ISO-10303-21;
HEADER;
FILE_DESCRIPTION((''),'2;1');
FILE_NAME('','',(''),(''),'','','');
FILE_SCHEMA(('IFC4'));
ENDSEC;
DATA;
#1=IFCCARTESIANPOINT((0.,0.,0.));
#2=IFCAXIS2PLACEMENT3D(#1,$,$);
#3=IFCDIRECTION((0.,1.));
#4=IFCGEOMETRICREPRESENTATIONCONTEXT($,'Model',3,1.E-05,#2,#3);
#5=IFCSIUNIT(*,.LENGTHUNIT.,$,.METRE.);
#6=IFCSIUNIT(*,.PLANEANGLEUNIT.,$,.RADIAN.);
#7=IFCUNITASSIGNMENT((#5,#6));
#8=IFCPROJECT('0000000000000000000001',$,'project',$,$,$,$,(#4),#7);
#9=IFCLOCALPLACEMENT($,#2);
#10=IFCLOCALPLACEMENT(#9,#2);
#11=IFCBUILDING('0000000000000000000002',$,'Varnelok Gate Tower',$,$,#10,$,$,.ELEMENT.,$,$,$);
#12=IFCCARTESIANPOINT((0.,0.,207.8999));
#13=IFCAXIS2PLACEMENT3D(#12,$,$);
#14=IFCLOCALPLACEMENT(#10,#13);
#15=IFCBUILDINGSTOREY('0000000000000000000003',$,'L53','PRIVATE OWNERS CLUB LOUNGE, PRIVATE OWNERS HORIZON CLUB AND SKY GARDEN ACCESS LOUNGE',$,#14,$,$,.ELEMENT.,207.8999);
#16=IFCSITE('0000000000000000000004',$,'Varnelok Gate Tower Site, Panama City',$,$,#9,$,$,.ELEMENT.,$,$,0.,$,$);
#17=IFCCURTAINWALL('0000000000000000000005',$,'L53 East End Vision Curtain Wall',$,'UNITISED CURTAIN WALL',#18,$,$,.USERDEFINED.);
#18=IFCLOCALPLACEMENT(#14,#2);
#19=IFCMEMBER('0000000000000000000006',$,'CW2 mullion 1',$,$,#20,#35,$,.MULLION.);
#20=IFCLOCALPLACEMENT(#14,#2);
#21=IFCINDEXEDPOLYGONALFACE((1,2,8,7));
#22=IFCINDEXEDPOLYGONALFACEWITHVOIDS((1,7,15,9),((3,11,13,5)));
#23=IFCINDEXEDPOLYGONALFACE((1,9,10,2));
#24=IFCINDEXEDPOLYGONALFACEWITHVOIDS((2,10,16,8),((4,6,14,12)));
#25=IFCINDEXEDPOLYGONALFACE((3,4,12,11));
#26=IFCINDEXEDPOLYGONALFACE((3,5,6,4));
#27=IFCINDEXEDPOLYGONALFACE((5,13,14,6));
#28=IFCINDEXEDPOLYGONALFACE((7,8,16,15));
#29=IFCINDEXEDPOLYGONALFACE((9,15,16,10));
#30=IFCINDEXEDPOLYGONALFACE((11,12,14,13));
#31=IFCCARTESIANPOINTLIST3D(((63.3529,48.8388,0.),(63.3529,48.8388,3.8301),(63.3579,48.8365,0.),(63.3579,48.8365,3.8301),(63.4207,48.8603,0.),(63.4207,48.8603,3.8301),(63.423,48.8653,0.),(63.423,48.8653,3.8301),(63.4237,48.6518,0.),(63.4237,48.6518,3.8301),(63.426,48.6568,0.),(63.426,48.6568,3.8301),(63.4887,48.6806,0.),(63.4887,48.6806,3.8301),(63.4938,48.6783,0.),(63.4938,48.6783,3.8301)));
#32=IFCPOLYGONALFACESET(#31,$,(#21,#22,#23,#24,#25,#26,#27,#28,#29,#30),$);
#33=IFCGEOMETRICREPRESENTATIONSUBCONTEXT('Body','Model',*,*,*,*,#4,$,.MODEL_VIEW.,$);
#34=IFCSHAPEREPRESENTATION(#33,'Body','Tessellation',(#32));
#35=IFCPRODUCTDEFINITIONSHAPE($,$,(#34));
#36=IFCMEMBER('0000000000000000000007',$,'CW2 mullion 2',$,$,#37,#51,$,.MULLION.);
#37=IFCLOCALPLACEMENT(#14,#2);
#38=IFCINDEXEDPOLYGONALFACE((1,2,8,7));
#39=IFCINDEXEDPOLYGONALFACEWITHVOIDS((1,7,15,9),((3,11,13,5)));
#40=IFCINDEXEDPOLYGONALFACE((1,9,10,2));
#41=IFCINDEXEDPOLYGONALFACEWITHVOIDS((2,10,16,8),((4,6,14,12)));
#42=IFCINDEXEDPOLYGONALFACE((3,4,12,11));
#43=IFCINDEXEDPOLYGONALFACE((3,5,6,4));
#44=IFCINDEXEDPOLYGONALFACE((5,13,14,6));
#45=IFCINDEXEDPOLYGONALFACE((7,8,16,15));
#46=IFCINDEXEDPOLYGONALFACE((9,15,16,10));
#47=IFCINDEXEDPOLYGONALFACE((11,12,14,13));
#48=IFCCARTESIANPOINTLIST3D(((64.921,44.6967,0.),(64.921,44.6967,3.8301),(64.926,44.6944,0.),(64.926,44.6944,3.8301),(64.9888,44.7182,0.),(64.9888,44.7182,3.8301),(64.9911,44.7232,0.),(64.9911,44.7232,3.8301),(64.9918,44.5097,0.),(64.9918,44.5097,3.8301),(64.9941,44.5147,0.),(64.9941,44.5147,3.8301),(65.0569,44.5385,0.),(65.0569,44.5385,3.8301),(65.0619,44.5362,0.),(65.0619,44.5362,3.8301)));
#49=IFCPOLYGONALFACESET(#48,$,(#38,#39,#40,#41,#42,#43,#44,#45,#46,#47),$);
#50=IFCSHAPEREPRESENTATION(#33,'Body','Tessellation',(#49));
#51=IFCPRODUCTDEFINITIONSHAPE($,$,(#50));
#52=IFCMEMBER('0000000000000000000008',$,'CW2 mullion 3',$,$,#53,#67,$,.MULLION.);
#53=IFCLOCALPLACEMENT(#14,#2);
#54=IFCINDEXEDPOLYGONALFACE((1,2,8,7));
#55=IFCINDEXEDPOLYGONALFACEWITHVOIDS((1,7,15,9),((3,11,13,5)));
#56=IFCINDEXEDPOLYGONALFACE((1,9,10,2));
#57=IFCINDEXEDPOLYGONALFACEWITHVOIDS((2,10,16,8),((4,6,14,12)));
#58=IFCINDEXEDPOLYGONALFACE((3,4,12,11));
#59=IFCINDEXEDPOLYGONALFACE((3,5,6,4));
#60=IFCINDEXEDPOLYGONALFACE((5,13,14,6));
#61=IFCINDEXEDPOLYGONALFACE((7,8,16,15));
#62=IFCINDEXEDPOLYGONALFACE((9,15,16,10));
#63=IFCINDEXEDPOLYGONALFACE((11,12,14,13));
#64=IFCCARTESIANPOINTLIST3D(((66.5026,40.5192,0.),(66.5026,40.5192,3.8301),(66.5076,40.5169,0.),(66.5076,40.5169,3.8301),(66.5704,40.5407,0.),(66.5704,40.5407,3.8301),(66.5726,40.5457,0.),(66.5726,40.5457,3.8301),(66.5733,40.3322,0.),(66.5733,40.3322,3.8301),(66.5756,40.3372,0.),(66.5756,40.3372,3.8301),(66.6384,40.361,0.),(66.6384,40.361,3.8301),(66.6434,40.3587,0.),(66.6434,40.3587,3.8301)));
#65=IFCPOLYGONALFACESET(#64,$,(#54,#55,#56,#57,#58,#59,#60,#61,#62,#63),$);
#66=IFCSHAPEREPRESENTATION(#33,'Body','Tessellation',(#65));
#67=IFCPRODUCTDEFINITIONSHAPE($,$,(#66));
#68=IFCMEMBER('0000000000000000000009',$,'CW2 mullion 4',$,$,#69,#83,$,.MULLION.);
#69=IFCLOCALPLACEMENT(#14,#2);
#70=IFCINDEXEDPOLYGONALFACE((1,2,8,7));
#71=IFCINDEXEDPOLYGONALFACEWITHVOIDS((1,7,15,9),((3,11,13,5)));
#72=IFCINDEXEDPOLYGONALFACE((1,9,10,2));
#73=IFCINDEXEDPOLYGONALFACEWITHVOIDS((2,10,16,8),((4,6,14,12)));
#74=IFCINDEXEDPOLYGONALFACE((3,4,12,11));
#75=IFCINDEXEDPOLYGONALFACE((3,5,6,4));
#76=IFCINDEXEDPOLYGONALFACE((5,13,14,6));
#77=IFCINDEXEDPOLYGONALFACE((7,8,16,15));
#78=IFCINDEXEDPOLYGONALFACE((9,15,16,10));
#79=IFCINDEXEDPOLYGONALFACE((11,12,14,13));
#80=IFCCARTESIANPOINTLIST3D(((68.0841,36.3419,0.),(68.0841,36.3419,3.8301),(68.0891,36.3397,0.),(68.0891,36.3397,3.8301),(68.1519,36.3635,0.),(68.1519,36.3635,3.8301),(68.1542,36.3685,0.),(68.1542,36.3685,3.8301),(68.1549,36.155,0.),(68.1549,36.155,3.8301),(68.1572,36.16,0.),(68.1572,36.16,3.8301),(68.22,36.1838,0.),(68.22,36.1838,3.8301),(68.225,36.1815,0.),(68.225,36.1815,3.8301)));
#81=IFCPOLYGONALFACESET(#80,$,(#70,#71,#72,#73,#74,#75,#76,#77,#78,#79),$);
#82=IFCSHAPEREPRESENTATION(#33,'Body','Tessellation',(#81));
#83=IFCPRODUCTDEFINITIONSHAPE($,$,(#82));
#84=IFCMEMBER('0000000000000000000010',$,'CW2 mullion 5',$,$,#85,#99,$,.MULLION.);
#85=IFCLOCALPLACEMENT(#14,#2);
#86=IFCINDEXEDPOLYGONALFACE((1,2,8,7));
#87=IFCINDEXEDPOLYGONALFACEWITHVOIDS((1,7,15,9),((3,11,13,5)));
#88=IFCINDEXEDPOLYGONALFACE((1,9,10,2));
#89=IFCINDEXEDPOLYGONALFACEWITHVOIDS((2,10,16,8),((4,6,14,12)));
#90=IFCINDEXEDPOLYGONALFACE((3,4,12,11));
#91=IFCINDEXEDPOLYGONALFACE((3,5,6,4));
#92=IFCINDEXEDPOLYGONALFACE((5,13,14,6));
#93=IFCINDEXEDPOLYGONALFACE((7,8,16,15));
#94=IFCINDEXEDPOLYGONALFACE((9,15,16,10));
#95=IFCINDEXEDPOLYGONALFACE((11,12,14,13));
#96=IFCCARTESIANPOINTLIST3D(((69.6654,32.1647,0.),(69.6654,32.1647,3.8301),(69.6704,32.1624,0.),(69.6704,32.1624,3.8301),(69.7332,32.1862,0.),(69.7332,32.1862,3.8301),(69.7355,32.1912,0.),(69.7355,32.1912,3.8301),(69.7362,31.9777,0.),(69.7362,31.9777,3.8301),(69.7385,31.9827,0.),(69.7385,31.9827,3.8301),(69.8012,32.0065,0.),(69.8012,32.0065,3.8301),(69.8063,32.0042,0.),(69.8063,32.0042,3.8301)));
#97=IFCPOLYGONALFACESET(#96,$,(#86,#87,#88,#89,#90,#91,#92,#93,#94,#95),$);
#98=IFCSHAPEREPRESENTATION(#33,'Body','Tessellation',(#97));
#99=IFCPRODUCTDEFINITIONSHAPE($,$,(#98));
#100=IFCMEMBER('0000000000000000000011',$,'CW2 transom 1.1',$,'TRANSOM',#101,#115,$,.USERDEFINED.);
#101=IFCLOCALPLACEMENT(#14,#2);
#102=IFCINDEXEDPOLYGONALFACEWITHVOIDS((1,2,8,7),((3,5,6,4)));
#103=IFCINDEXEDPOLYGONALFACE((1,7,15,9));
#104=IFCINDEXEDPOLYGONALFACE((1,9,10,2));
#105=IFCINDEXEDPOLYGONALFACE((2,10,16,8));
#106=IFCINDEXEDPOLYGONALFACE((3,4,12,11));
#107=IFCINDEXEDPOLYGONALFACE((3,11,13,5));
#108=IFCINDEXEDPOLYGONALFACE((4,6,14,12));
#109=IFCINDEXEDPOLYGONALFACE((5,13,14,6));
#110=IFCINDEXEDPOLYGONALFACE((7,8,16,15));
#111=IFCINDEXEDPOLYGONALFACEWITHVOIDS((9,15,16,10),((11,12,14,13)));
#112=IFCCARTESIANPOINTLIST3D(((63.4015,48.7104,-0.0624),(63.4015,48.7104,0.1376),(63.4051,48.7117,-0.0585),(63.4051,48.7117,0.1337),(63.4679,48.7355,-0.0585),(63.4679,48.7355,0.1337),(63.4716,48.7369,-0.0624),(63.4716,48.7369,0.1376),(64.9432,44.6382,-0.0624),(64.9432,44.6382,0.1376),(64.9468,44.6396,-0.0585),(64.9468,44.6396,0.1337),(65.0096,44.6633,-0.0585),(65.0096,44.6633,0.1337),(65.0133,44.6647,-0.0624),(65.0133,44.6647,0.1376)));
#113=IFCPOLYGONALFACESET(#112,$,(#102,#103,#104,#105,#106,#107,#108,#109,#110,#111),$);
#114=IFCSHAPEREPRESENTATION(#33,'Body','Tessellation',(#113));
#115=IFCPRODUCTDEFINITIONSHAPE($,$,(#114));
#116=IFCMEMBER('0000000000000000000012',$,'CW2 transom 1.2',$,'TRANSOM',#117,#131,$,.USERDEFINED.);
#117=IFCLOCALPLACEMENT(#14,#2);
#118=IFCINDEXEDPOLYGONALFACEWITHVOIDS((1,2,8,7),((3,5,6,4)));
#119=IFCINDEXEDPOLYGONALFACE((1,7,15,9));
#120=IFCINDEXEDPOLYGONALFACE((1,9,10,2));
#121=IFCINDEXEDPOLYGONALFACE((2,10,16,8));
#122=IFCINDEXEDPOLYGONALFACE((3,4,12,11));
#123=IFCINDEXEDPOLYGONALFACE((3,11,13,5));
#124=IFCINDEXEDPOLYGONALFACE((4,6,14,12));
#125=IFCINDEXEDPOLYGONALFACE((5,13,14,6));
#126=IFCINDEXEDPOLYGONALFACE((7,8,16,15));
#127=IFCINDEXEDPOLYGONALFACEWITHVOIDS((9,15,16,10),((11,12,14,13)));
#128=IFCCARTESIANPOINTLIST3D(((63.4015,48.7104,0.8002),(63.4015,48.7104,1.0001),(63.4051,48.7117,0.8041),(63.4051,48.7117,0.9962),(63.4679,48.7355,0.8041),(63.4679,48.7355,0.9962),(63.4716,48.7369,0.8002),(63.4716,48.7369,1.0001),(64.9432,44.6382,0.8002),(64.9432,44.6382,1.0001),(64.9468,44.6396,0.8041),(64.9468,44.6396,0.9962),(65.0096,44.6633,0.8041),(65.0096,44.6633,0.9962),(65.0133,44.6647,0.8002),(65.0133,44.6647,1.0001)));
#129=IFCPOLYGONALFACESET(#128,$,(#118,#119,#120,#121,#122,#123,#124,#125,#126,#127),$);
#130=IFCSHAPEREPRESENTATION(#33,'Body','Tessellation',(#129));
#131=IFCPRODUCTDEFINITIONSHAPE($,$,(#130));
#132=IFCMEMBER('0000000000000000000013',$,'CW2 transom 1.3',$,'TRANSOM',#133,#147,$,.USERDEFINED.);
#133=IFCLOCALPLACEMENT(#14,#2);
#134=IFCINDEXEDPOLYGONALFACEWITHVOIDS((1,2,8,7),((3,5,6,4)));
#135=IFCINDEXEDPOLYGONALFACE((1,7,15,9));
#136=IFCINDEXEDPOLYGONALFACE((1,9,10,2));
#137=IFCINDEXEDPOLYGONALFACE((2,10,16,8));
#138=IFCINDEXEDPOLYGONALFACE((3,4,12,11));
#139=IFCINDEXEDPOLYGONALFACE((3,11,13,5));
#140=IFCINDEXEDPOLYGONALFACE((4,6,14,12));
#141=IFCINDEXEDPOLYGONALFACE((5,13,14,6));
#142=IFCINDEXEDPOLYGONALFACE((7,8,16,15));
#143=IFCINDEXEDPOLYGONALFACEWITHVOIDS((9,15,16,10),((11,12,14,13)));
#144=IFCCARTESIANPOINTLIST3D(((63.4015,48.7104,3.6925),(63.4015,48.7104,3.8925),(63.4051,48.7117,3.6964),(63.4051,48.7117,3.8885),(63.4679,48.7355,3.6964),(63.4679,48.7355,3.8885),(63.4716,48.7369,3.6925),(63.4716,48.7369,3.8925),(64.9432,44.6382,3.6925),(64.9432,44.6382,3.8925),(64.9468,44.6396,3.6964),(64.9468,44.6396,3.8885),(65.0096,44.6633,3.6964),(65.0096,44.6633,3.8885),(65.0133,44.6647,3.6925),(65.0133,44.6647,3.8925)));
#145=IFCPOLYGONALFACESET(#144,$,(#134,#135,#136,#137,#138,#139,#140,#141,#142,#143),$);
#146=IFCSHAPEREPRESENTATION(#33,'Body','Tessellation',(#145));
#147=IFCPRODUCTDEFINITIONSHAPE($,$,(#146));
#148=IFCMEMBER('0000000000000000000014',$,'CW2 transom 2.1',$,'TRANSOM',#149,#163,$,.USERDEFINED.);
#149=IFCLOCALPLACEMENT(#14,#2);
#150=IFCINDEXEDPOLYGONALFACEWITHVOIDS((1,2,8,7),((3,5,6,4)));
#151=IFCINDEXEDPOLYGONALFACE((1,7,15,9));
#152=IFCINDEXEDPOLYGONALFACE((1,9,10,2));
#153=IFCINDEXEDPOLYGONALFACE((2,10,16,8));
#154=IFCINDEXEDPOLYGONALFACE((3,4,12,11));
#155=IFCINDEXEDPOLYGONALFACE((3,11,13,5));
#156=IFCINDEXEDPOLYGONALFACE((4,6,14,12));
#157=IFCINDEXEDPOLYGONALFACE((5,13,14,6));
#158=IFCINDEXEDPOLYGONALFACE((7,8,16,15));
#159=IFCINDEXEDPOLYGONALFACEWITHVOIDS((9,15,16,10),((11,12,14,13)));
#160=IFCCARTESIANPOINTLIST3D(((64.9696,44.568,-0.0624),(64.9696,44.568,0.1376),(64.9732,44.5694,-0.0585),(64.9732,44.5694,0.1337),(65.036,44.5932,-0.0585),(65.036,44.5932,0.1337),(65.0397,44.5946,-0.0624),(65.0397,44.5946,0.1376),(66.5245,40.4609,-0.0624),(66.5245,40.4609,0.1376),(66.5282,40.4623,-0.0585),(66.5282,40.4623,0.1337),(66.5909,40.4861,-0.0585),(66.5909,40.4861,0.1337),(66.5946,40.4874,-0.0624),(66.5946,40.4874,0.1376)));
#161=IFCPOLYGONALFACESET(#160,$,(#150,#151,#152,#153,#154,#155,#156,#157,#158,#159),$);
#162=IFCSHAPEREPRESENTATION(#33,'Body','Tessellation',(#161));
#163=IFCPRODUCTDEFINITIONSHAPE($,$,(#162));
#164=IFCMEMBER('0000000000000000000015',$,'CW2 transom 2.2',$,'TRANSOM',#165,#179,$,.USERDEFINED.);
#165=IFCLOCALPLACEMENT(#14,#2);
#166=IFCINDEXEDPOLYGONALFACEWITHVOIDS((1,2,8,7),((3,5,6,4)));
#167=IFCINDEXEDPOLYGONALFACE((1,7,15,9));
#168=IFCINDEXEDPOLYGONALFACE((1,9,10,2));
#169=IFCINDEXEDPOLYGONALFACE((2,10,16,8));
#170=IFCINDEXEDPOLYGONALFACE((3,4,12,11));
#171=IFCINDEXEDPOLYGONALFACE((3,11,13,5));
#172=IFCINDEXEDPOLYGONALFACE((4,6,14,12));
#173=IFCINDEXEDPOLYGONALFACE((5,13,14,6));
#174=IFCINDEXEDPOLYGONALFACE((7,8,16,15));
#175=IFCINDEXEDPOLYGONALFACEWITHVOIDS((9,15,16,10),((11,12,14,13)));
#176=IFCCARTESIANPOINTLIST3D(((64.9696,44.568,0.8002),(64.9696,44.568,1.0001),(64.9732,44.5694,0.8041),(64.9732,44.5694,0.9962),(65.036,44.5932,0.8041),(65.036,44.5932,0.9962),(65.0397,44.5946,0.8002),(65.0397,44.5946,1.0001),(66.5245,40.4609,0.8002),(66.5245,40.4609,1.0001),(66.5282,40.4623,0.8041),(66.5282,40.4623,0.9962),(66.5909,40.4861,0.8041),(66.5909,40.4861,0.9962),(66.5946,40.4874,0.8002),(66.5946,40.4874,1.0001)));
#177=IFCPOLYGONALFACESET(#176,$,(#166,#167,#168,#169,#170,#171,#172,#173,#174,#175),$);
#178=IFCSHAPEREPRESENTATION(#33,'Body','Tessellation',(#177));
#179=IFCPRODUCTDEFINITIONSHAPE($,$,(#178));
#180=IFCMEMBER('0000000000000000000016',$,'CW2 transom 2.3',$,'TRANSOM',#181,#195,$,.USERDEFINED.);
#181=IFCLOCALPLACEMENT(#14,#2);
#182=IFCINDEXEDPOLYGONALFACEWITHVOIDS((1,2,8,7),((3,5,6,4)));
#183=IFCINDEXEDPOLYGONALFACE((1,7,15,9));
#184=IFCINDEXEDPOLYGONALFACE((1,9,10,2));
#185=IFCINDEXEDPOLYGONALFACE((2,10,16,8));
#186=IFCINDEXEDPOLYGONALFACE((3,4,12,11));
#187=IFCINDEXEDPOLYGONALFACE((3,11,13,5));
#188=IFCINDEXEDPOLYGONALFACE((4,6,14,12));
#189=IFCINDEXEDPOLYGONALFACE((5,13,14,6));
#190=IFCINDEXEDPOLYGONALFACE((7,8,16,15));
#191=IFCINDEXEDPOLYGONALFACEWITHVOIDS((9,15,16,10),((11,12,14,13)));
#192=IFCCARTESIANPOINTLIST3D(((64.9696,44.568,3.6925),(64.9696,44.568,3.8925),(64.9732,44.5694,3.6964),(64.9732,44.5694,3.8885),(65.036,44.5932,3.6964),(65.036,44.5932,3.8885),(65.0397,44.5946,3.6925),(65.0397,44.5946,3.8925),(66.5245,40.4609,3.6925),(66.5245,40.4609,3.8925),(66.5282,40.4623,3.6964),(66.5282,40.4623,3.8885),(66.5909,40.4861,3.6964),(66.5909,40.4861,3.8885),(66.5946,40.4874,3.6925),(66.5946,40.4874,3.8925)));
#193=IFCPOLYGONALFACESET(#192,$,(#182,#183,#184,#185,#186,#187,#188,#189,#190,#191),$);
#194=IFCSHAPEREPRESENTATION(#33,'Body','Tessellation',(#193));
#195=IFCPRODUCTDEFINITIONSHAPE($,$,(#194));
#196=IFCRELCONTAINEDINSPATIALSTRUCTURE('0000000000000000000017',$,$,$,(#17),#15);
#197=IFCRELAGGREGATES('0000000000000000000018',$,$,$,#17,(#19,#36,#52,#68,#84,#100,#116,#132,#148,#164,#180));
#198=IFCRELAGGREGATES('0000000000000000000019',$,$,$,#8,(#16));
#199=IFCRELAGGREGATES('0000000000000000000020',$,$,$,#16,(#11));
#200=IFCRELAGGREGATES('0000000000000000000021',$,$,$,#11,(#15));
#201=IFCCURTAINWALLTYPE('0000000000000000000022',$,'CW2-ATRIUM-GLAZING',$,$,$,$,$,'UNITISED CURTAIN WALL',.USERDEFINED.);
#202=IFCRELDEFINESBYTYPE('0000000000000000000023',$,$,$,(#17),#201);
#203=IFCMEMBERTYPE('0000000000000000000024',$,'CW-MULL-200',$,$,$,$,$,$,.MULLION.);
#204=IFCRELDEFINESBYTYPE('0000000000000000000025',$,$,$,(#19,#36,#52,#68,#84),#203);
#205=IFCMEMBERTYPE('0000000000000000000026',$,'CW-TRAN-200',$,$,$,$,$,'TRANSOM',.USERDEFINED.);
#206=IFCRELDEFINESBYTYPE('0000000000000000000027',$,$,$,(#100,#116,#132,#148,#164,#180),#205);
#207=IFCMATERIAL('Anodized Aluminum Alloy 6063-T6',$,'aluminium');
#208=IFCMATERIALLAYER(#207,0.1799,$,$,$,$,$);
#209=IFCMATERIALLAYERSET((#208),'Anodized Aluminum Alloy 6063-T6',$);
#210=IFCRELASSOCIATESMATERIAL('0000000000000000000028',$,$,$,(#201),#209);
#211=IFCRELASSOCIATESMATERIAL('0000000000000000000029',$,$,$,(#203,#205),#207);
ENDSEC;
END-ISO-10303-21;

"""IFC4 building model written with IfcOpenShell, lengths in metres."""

from ifc_helpers import new_model, si_unit, direction, frame, origin, origin_2d, place, context, subcontext, project, spatial, hollow_rectangle, extrude, material, layer, layer_set, material_profile, profile_set, type_object, element, aggregate, save


model = new_model("IFC4")

# Units and contexts
model_context = context("Model", 3, precision=1e-05, world=origin(), true_north=direction((0.0, 1.0)))
body_context = subcontext(model_context, "Body", "Model", "MODEL_VIEW")
ifc_project = project(units=[si_unit("LENGTHUNIT", "METRE"), si_unit("PLANEANGLEUNIT", "RADIAN")], contexts=[model_context])

# Site, building, storey
site_placement = place(None, origin())
site = spatial("IfcSite", under=ifc_project, at=site_placement, Name="Varnelok Gate Tower Site, Panama City", CompositionType="ELEMENT", RefElevation=0.0)
building_placement = place(site_placement, origin())
building = spatial("IfcBuilding", under=site, at=building_placement, Name="Varnelok Gate Tower", CompositionType="ELEMENT")
storey_placement = place(building_placement, frame((0.0, 0.0, 207.8999)))
storey = spatial("IfcBuildingStorey", under=building, at=storey_placement, Name="L53", Description="PRIVATE OWNERS CLUB LOUNGE, PRIVATE OWNERS HORIZON CLUB AND SKY GARDEN ACCESS LOUNGE", CompositionType="ELEMENT", Elevation=207.8999)

# Curtain wall, members
ifc_material_1 = material(Name="Anodized Aluminum Alloy 6063-T6", Category="aluminium")
ifc_layer_1 = layer(ifc_material_1, 0.1799)
ifc_layer_set_1 = layer_set([ifc_layer_1], Name="Anodized Aluminum Alloy 6063-T6")
curtain_wall_type = type_object("IfcCurtainWallType", Name="CW2-ATRIUM-GLAZING", ElementType="UNITISED CURTAIN WALL", PredefinedType="USERDEFINED", material=ifc_layer_set_1)
curtain_wall_placement = place(storey_placement, origin())
curtain_wall = element("IfcCurtainWall", 1, at=curtain_wall_placement, inside=storey, type_object=curtain_wall_type, Name="L53 East End Vision Curtain Wall", ObjectType="UNITISED CURTAIN WALL", PredefinedType="USERDEFINED")
ifc_material_profile_1 = material_profile(ifc_material_1, hollow_rectangle(XDim=0.075, YDim=0.2, WallThickness=0.0039, at=origin_2d()), Name="ALU200X75X4")
ifc_profile_set_1 = profile_set([ifc_material_profile_1], Name="Anodized Aluminum Alloy 6063-T6")
member_type_1 = type_object("IfcMemberType", Name="CW-MULL-200", PredefinedType="MULLION", material=ifc_profile_set_1)
member_1_placement = place(storey_placement, frame((63.4233, 48.7585, 0.0), z_axis=(0.0, 0.0, 1.0), x_axis=(0.935221, 0.354064, 0.0)))
member_1 = element("IfcMember", 2, at=member_1_placement, type_object=member_type_1, Name="CW2 mullion 1", PredefinedType="MULLION", context=body_context, shape_type="SweptSolid", body=[
    extrude(hollow_rectangle(XDim=0.075, YDim=0.2, WallThickness=0.0039, at=origin_2d()), origin(), (0.0, 0.0, 1.0), 3.8301),
])
member_2_placement = place(storey_placement, frame((64.9915, 44.6165, 0.0), z_axis=(0.0, 0.0, 1.0), x_axis=(0.935221, 0.354064, 0.0)))
member_2 = element("IfcMember", 3, at=member_2_placement, type_object=member_type_1, Name="CW2 mullion 2", PredefinedType="MULLION", context=body_context, shape_type="SweptSolid", body=[
    extrude(hollow_rectangle(XDim=0.075, YDim=0.2, WallThickness=0.0039, at=origin_2d()), origin(), (0.0, 0.0, 1.0), 3.8301),
])
member_3_placement = place(storey_placement, frame((66.573, 40.439, 0.0), z_axis=(0.0, 0.0, 1.0), x_axis=(0.935221, 0.354064, 0.0)))
member_3 = element("IfcMember", 4, at=member_3_placement, type_object=member_type_1, Name="CW2 mullion 3", PredefinedType="MULLION", context=body_context, shape_type="SweptSolid", body=[
    extrude(hollow_rectangle(XDim=0.075, YDim=0.2, WallThickness=0.0039, at=origin_2d()), origin(), (0.0, 0.0, 1.0), 3.8301),
])
member_4_placement = place(storey_placement, frame((68.1545, 36.2617, 0.0), z_axis=(0.0, 0.0, 1.0), x_axis=(0.935221, 0.354064, 0.0)))
member_4 = element("IfcMember", 5, at=member_4_placement, type_object=member_type_1, Name="CW2 mullion 4", PredefinedType="MULLION", context=body_context, shape_type="SweptSolid", body=[
    extrude(hollow_rectangle(XDim=0.075, YDim=0.2, WallThickness=0.0039, at=origin_2d()), origin(), (0.0, 0.0, 1.0), 3.8301),
])
member_5_placement = place(storey_placement, frame((69.7358, 32.0845, 0.0), z_axis=(0.0, 0.0, 1.0), x_axis=(0.935221, 0.354064, 0.0)))
member_5 = element("IfcMember", 6, at=member_5_placement, type_object=member_type_1, Name="CW2 mullion 5", PredefinedType="MULLION", context=body_context, shape_type="SweptSolid", body=[
    extrude(hollow_rectangle(XDim=0.075, YDim=0.2, WallThickness=0.0039, at=origin_2d()), origin(), (0.0, 0.0, 1.0), 3.8301),
])
ifc_material_profile_2 = material_profile(ifc_material_1, hollow_rectangle(XDim=0.075, YDim=0.2, WallThickness=0.0039, at=origin_2d()), Name="ALU200X75X4")
ifc_profile_set_2 = profile_set([ifc_material_profile_2], Name="Anodized Aluminum Alloy 6063-T6")
member_type_2 = type_object("IfcMemberType", Name="CW-TRAN-200", ElementType="TRANSOM", PredefinedType="USERDEFINED", material=ifc_profile_set_2)
member_6_placement = place(storey_placement, frame((63.4365, 48.7236, 0.0376), z_axis=(0.354071, -0.935219, 0.0), x_axis=(0.935219, 0.354071, 0.0)))
member_6 = element("IfcMember", 7, at=member_6_placement, type_object=member_type_2, Name="CW2 transom 1.1", ObjectType="TRANSOM", PredefinedType="USERDEFINED", context=body_context, shape_type="SweptSolid", body=[
    extrude(hollow_rectangle(XDim=0.075, YDim=0.2, WallThickness=0.0039, at=origin_2d()), origin(), (0.0, 0.0, 1.0), 4.3542),
])
member_7_placement = place(storey_placement, frame((63.4365, 48.7236, 0.9001), z_axis=(0.354071, -0.935219, 0.0), x_axis=(0.935219, 0.354071, 0.0)))
member_7 = element("IfcMember", 8, at=member_7_placement, type_object=member_type_2, Name="CW2 transom 1.2", ObjectType="TRANSOM", PredefinedType="USERDEFINED", context=body_context, shape_type="SweptSolid", body=[
    extrude(hollow_rectangle(XDim=0.075, YDim=0.2, WallThickness=0.0039, at=origin_2d()), origin(), (0.0, 0.0, 1.0), 4.3542),
])
member_8_placement = place(storey_placement, frame((63.4365, 48.7236, 3.7925), z_axis=(0.354071, -0.935219, 0.0), x_axis=(0.935219, 0.354071, 0.0)))
member_8 = element("IfcMember", 9, at=member_8_placement, type_object=member_type_2, Name="CW2 transom 1.3", ObjectType="TRANSOM", PredefinedType="USERDEFINED", context=body_context, shape_type="SweptSolid", body=[
    extrude(hollow_rectangle(XDim=0.075, YDim=0.2, WallThickness=0.0039, at=origin_2d()), origin(), (0.0, 0.0, 1.0), 4.3542),
])
member_9_placement = place(storey_placement, frame((65.0046, 44.5813, 0.0376), z_axis=(0.354064, -0.935221, 0.0), x_axis=(0.935221, 0.354064, 0.0)))
member_9 = element("IfcMember", 10, at=member_9_placement, type_object=member_type_2, Name="CW2 transom 2.1", ObjectType="TRANSOM", PredefinedType="USERDEFINED", context=body_context, shape_type="SweptSolid", body=[
    extrude(hollow_rectangle(XDim=0.075, YDim=0.2, WallThickness=0.0039, at=origin_2d()), origin(), (0.0, 0.0, 1.0), 4.3916),
])
member_10_placement = place(storey_placement, frame((65.0046, 44.5813, 0.9001), z_axis=(0.354064, -0.935221, 0.0), x_axis=(0.935221, 0.354064, 0.0)))
member_10 = element("IfcMember", 11, at=member_10_placement, type_object=member_type_2, Name="CW2 transom 2.2", ObjectType="TRANSOM", PredefinedType="USERDEFINED", context=body_context, shape_type="SweptSolid", body=[
    extrude(hollow_rectangle(XDim=0.075, YDim=0.2, WallThickness=0.0039, at=origin_2d()), origin(), (0.0, 0.0, 1.0), 4.3916),
])
member_11_placement = place(storey_placement, frame((65.0046, 44.5813, 3.7925), z_axis=(0.354064, -0.935221, 0.0), x_axis=(0.935221, 0.354064, 0.0)))
member_11 = element("IfcMember", 12, at=member_11_placement, type_object=member_type_2, Name="CW2 transom 2.3", ObjectType="TRANSOM", PredefinedType="USERDEFINED", context=body_context, shape_type="SweptSolid", body=[
    extrude(hollow_rectangle(XDim=0.075, YDim=0.2, WallThickness=0.0039, at=origin_2d()), origin(), (0.0, 0.0, 1.0), 4.3916),
])
aggregate(curtain_wall, [member_1, member_2, member_3, member_4, member_5, member_6, member_7, member_8, member_9, member_10, member_11])

save(model, "model.ifc")
